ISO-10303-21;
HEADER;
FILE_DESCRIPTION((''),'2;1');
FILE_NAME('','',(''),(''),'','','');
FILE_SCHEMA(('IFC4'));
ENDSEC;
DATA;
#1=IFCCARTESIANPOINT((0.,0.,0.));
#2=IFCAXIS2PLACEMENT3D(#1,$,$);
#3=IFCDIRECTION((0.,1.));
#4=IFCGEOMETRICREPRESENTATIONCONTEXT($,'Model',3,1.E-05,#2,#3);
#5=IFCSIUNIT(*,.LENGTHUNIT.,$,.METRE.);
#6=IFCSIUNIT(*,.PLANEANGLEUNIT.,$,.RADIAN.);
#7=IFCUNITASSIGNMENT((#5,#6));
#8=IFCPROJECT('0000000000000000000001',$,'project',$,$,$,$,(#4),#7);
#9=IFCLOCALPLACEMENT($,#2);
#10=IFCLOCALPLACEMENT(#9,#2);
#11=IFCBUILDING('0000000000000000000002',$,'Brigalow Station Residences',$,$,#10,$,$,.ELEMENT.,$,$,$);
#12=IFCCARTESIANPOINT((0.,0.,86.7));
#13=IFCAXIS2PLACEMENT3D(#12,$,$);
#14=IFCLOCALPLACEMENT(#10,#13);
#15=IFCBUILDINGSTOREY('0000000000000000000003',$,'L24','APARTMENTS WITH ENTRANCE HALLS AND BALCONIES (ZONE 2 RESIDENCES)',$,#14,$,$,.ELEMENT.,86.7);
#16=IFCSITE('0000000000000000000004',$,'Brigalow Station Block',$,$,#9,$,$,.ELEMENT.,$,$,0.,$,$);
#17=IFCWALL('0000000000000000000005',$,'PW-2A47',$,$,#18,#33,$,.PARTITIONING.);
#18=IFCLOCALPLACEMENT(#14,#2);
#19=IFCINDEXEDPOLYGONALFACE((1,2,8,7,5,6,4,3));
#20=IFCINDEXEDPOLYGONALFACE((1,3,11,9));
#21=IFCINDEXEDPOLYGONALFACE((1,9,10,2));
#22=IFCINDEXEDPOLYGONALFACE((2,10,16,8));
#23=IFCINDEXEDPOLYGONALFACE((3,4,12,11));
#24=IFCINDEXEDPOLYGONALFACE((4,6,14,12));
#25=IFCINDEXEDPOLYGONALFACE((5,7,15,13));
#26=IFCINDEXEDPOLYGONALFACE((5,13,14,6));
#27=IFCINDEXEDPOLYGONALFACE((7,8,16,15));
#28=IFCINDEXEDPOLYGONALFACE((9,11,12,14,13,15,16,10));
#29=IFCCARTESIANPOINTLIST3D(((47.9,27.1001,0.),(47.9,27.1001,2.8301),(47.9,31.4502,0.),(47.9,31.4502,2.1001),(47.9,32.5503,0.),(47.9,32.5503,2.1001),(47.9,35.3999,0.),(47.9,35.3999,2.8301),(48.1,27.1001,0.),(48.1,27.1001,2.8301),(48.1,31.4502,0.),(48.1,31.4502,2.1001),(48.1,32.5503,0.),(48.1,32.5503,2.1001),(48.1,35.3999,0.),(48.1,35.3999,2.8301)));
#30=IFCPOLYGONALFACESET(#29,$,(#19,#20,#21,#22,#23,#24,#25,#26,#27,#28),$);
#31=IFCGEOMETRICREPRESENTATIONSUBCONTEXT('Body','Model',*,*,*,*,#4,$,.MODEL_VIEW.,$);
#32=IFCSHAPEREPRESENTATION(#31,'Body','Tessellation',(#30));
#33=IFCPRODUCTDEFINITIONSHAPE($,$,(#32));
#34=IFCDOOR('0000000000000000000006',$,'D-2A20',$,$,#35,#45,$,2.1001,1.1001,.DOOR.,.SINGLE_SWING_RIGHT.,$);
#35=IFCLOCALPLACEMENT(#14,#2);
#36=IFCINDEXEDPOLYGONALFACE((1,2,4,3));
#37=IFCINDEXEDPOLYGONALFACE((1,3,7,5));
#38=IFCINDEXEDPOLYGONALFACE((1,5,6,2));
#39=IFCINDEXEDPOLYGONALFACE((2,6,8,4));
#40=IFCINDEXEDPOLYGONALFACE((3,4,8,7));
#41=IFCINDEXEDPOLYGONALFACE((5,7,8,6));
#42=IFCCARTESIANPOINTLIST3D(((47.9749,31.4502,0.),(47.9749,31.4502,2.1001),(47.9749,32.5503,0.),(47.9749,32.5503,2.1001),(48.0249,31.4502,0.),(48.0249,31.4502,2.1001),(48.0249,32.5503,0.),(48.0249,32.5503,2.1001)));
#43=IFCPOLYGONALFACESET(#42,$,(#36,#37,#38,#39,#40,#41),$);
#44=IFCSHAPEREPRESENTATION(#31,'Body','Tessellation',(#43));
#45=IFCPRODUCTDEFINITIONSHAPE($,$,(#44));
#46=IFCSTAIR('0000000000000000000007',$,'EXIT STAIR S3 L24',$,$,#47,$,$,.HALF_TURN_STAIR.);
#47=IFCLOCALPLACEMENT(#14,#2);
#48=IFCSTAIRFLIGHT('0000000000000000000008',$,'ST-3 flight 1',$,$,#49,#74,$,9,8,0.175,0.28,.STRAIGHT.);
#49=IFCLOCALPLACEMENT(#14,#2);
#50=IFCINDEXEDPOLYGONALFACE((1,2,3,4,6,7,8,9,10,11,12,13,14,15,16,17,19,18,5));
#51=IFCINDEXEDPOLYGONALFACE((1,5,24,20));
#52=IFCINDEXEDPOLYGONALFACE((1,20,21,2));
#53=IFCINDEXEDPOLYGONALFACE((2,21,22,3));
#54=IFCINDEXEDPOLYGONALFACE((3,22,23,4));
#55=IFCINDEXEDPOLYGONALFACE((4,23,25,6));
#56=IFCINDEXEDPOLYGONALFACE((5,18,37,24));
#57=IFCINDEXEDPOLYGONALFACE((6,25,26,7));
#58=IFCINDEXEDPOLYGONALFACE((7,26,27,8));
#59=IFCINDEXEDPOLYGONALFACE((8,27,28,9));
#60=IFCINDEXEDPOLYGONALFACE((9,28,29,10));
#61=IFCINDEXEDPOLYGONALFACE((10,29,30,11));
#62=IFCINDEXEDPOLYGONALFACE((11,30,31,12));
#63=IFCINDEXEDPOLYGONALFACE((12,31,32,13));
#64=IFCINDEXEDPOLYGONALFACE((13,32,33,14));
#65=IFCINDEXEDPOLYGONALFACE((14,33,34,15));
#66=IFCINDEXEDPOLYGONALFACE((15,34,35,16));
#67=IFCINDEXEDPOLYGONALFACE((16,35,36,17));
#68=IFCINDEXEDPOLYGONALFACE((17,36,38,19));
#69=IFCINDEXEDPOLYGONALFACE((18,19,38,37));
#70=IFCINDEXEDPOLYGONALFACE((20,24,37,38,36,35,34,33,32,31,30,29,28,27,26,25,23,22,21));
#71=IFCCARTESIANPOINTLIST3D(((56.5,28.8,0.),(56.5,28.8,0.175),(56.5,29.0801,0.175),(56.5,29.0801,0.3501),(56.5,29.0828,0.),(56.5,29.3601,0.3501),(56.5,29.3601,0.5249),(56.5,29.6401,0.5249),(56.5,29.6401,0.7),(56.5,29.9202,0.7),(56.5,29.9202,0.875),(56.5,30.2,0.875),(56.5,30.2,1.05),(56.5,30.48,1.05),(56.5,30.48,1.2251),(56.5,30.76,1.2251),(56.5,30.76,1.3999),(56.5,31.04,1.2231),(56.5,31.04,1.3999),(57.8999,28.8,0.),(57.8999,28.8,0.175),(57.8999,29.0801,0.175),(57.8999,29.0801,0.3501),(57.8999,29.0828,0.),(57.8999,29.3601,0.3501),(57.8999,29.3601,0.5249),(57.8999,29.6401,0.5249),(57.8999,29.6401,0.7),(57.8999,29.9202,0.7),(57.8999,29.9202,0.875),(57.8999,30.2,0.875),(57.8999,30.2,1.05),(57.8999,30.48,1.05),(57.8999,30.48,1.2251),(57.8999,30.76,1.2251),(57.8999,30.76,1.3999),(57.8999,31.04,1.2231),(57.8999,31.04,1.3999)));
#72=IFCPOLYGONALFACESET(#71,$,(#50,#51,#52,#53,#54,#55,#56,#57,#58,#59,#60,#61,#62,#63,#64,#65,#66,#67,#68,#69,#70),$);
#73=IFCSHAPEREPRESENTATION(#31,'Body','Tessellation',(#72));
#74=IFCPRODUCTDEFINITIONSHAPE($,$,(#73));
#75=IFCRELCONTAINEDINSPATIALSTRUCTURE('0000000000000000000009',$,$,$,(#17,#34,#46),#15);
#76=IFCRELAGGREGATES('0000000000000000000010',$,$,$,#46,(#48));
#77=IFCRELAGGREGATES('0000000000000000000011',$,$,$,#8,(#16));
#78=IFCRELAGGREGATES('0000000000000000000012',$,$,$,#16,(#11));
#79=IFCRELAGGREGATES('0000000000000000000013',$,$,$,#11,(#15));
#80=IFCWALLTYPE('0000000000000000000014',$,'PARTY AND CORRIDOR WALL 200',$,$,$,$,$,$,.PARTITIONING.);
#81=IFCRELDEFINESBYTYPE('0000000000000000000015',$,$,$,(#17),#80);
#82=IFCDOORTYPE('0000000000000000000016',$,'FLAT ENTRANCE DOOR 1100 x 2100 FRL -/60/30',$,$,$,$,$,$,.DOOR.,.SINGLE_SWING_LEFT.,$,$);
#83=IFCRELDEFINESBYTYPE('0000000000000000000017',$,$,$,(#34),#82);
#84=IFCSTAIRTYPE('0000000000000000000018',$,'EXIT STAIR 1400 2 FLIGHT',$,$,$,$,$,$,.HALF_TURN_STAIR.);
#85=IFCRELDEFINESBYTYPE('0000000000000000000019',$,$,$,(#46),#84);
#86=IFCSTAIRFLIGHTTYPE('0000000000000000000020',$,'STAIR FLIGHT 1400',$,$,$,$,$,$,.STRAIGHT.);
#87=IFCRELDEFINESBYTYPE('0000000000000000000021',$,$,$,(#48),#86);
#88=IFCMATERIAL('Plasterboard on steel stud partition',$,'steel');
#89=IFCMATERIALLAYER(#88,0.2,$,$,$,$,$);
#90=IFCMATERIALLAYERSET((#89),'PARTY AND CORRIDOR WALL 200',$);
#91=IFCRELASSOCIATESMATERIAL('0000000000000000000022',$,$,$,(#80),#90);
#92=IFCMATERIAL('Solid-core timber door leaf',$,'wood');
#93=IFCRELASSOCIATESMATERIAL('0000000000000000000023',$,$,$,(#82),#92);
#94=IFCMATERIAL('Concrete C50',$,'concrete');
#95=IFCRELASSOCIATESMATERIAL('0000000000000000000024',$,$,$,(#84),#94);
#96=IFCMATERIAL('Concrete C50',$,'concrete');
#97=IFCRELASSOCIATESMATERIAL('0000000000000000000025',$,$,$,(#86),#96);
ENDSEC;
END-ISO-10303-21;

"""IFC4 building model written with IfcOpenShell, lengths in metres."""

from ifc_helpers import new_model, si_unit, direction, frame, frame_2d, origin, place, context, subcontext, project, spatial, polyline, rectangle, outline, extrude, material, layer, layer_set, type_object, element, fill, aggregate, save


model = new_model("IFC4")

# Units and contexts
model_context = context("Model", 3, precision=1e-05, world=origin(), true_north=direction((0.0, 1.0)))
body_context = subcontext(model_context, "Body", "Model", "MODEL_VIEW")
ifc_project = project(units=[si_unit("LENGTHUNIT", "METRE"), si_unit("PLANEANGLEUNIT", "RADIAN")], contexts=[model_context])

# Site, building, storey
site_placement = place(None, origin())
site = spatial("IfcSite", under=ifc_project, at=site_placement, Name="Brigalow Station Block", CompositionType="ELEMENT", RefElevation=0.0)
building_placement = place(site_placement, origin())
building = spatial("IfcBuilding", under=site, at=building_placement, Name="Brigalow Station Residences", CompositionType="ELEMENT")
storey_placement = place(building_placement, frame((0.0, 0.0, 86.7)))
storey = spatial("IfcBuildingStorey", under=building, at=storey_placement, Name="L24", Description="APARTMENTS WITH ENTRANCE HALLS AND BALCONIES (ZONE 2 RESIDENCES)", CompositionType="ELEMENT", Elevation=86.7)

# Shared definitions
ifc_material_1 = material(Name="Plasterboard on steel stud partition", Category="steel")
ifc_layer_1 = layer(ifc_material_1, 0.2)
ifc_layer_set_1 = layer_set([ifc_layer_1], Name="PARTY AND CORRIDOR WALL 200")
wall_type_1 = type_object("IfcWallType", Name="PARTY AND CORRIDOR WALL 200", PredefinedType="PARTITIONING", material=ifc_layer_set_1)

# Wall, opening, door
wall_1_placement = place(storey_placement, frame((48.0, 27.1001, 0.0), z_axis=(0.0, 0.0, 1.0), x_axis=(0.0, 1.0, 0.0)))
wall_1 = element("IfcWall", 1, at=wall_1_placement, inside=storey, type_object=wall_type_1, Name="PW-2A47", PredefinedType="PARTITIONING", context=body_context, shape_type="SweptSolid", body=[
    extrude(rectangle(XDim=8.2998, YDim=0.2, at=frame_2d((4.1499, 0.0))), origin(), (0.0, 0.0, 1.0), 2.8301),
])
opening_1_placement = place(wall_1_placement, frame((4.3501, 0.0, 0.0)))
opening_1 = element("IfcOpeningElement", 2, at=opening_1_placement, cuts=wall_1, PredefinedType="OPENING", context=body_context, shape_type="SweptSolid", body=[
    extrude(rectangle(XDim=1.1001, YDim=2.1001, at=frame_2d((0.55, 1.05))), frame((0.0, 0.1099, 0.0), z_axis=(0.0, -1.0, 0.0), x_axis=(1.0, 0.0, 0.0)), (0.0, 0.0, 1.0), 0.22),
])
ifc_material_2 = material(Name="Solid-core timber door leaf", Category="wood")
door_type_1 = type_object("IfcDoorType", Name="FLAT ENTRANCE DOOR 1100 x 2100 FRL -/60/30", OperationType="SINGLE_SWING_LEFT", PredefinedType="DOOR", material=ifc_material_2)
door_1_placement = place(opening_1_placement, frame((1.1001, 0.0, 0.0), z_axis=(0.0, 0.0, 1.0), x_axis=(-1.0, 0.0, 0.0)))
door_1 = element("IfcDoor", 3, at=door_1_placement, inside=storey, type_object=door_type_1, Name="D-2A20", OperationType="SINGLE_SWING_RIGHT", OverallHeight=2.1001, OverallWidth=1.1001, PredefinedType="DOOR", context=body_context, shape_type="SweptSolid", body=[
    extrude(rectangle(XDim=1.1001, YDim=2.1001, at=frame_2d((0.55, 1.05))), frame((0.0, 0.0249, 0.0), z_axis=(0.0, -1.0, 0.0), x_axis=(1.0, 0.0, 0.0)), (0.0, 0.0, 1.0), 0.05),
])
fill(opening_1, door_1)

# Stair, stair flight
ifc_material_3 = material(Name="Concrete C50", Category="concrete")
stair_type = type_object("IfcStairType", Name="EXIT STAIR 1400 2 FLIGHT", PredefinedType="HALF_TURN_STAIR", material=ifc_material_3)
stair_placement = place(storey_placement, origin())
stair = element("IfcStair", 4, at=stair_placement, inside=storey, type_object=stair_type, Name="EXIT STAIR S3 L24", PredefinedType="HALF_TURN_STAIR")
ifc_material_4 = material(Name="Concrete C50", Category="concrete")
stair_flight_type = type_object("IfcStairFlightType", Name="STAIR FLIGHT 1400", PredefinedType="STRAIGHT", material=ifc_material_4)
stair_flight_placement = place(storey_placement, frame((57.2, 28.8, 0.0), z_axis=(0.0, 0.0, 1.0), x_axis=(0.0, 1.0, 0.0)))
stair_flight = element("IfcStairFlight", 5, at=stair_flight_placement, type_object=stair_flight_type, Name="ST-3 flight 1", NumberOfRisers=9, NumberOfTreads=8, PredefinedType="STRAIGHT", RiserHeight=0.175, TreadLength=0.28, context=body_context, shape_type="SweptSolid", body=[
    extrude(outline(polyline([(0.0, 0.0), (0.0, 0.175), (0.28, 0.175), (0.28, 0.3501), (0.5601, 0.3501), (0.5601, 0.5249), (0.8401, 0.5249), (0.8401, 0.7), (1.1201, 0.7), (1.1201, 0.875), (1.3999, 0.875), (1.3999, 1.05), (1.6799, 1.05), (1.6799, 1.2251), (1.96, 1.2251), (1.96, 1.3999), (2.24, 1.3999), (2.24, 1.575), (2.24, 1.2231), (0.2827, 0.0), (0.0, 0.0)])), frame((0.0, 0.7, 0.0), z_axis=(0.0, -1.0, 0.0), x_axis=(1.0, 0.0, 0.0)), (0.0, 0.0, 1.0), 1.3999),
])
aggregate(stair, [stair_flight])

save(model, "model.ifc")
